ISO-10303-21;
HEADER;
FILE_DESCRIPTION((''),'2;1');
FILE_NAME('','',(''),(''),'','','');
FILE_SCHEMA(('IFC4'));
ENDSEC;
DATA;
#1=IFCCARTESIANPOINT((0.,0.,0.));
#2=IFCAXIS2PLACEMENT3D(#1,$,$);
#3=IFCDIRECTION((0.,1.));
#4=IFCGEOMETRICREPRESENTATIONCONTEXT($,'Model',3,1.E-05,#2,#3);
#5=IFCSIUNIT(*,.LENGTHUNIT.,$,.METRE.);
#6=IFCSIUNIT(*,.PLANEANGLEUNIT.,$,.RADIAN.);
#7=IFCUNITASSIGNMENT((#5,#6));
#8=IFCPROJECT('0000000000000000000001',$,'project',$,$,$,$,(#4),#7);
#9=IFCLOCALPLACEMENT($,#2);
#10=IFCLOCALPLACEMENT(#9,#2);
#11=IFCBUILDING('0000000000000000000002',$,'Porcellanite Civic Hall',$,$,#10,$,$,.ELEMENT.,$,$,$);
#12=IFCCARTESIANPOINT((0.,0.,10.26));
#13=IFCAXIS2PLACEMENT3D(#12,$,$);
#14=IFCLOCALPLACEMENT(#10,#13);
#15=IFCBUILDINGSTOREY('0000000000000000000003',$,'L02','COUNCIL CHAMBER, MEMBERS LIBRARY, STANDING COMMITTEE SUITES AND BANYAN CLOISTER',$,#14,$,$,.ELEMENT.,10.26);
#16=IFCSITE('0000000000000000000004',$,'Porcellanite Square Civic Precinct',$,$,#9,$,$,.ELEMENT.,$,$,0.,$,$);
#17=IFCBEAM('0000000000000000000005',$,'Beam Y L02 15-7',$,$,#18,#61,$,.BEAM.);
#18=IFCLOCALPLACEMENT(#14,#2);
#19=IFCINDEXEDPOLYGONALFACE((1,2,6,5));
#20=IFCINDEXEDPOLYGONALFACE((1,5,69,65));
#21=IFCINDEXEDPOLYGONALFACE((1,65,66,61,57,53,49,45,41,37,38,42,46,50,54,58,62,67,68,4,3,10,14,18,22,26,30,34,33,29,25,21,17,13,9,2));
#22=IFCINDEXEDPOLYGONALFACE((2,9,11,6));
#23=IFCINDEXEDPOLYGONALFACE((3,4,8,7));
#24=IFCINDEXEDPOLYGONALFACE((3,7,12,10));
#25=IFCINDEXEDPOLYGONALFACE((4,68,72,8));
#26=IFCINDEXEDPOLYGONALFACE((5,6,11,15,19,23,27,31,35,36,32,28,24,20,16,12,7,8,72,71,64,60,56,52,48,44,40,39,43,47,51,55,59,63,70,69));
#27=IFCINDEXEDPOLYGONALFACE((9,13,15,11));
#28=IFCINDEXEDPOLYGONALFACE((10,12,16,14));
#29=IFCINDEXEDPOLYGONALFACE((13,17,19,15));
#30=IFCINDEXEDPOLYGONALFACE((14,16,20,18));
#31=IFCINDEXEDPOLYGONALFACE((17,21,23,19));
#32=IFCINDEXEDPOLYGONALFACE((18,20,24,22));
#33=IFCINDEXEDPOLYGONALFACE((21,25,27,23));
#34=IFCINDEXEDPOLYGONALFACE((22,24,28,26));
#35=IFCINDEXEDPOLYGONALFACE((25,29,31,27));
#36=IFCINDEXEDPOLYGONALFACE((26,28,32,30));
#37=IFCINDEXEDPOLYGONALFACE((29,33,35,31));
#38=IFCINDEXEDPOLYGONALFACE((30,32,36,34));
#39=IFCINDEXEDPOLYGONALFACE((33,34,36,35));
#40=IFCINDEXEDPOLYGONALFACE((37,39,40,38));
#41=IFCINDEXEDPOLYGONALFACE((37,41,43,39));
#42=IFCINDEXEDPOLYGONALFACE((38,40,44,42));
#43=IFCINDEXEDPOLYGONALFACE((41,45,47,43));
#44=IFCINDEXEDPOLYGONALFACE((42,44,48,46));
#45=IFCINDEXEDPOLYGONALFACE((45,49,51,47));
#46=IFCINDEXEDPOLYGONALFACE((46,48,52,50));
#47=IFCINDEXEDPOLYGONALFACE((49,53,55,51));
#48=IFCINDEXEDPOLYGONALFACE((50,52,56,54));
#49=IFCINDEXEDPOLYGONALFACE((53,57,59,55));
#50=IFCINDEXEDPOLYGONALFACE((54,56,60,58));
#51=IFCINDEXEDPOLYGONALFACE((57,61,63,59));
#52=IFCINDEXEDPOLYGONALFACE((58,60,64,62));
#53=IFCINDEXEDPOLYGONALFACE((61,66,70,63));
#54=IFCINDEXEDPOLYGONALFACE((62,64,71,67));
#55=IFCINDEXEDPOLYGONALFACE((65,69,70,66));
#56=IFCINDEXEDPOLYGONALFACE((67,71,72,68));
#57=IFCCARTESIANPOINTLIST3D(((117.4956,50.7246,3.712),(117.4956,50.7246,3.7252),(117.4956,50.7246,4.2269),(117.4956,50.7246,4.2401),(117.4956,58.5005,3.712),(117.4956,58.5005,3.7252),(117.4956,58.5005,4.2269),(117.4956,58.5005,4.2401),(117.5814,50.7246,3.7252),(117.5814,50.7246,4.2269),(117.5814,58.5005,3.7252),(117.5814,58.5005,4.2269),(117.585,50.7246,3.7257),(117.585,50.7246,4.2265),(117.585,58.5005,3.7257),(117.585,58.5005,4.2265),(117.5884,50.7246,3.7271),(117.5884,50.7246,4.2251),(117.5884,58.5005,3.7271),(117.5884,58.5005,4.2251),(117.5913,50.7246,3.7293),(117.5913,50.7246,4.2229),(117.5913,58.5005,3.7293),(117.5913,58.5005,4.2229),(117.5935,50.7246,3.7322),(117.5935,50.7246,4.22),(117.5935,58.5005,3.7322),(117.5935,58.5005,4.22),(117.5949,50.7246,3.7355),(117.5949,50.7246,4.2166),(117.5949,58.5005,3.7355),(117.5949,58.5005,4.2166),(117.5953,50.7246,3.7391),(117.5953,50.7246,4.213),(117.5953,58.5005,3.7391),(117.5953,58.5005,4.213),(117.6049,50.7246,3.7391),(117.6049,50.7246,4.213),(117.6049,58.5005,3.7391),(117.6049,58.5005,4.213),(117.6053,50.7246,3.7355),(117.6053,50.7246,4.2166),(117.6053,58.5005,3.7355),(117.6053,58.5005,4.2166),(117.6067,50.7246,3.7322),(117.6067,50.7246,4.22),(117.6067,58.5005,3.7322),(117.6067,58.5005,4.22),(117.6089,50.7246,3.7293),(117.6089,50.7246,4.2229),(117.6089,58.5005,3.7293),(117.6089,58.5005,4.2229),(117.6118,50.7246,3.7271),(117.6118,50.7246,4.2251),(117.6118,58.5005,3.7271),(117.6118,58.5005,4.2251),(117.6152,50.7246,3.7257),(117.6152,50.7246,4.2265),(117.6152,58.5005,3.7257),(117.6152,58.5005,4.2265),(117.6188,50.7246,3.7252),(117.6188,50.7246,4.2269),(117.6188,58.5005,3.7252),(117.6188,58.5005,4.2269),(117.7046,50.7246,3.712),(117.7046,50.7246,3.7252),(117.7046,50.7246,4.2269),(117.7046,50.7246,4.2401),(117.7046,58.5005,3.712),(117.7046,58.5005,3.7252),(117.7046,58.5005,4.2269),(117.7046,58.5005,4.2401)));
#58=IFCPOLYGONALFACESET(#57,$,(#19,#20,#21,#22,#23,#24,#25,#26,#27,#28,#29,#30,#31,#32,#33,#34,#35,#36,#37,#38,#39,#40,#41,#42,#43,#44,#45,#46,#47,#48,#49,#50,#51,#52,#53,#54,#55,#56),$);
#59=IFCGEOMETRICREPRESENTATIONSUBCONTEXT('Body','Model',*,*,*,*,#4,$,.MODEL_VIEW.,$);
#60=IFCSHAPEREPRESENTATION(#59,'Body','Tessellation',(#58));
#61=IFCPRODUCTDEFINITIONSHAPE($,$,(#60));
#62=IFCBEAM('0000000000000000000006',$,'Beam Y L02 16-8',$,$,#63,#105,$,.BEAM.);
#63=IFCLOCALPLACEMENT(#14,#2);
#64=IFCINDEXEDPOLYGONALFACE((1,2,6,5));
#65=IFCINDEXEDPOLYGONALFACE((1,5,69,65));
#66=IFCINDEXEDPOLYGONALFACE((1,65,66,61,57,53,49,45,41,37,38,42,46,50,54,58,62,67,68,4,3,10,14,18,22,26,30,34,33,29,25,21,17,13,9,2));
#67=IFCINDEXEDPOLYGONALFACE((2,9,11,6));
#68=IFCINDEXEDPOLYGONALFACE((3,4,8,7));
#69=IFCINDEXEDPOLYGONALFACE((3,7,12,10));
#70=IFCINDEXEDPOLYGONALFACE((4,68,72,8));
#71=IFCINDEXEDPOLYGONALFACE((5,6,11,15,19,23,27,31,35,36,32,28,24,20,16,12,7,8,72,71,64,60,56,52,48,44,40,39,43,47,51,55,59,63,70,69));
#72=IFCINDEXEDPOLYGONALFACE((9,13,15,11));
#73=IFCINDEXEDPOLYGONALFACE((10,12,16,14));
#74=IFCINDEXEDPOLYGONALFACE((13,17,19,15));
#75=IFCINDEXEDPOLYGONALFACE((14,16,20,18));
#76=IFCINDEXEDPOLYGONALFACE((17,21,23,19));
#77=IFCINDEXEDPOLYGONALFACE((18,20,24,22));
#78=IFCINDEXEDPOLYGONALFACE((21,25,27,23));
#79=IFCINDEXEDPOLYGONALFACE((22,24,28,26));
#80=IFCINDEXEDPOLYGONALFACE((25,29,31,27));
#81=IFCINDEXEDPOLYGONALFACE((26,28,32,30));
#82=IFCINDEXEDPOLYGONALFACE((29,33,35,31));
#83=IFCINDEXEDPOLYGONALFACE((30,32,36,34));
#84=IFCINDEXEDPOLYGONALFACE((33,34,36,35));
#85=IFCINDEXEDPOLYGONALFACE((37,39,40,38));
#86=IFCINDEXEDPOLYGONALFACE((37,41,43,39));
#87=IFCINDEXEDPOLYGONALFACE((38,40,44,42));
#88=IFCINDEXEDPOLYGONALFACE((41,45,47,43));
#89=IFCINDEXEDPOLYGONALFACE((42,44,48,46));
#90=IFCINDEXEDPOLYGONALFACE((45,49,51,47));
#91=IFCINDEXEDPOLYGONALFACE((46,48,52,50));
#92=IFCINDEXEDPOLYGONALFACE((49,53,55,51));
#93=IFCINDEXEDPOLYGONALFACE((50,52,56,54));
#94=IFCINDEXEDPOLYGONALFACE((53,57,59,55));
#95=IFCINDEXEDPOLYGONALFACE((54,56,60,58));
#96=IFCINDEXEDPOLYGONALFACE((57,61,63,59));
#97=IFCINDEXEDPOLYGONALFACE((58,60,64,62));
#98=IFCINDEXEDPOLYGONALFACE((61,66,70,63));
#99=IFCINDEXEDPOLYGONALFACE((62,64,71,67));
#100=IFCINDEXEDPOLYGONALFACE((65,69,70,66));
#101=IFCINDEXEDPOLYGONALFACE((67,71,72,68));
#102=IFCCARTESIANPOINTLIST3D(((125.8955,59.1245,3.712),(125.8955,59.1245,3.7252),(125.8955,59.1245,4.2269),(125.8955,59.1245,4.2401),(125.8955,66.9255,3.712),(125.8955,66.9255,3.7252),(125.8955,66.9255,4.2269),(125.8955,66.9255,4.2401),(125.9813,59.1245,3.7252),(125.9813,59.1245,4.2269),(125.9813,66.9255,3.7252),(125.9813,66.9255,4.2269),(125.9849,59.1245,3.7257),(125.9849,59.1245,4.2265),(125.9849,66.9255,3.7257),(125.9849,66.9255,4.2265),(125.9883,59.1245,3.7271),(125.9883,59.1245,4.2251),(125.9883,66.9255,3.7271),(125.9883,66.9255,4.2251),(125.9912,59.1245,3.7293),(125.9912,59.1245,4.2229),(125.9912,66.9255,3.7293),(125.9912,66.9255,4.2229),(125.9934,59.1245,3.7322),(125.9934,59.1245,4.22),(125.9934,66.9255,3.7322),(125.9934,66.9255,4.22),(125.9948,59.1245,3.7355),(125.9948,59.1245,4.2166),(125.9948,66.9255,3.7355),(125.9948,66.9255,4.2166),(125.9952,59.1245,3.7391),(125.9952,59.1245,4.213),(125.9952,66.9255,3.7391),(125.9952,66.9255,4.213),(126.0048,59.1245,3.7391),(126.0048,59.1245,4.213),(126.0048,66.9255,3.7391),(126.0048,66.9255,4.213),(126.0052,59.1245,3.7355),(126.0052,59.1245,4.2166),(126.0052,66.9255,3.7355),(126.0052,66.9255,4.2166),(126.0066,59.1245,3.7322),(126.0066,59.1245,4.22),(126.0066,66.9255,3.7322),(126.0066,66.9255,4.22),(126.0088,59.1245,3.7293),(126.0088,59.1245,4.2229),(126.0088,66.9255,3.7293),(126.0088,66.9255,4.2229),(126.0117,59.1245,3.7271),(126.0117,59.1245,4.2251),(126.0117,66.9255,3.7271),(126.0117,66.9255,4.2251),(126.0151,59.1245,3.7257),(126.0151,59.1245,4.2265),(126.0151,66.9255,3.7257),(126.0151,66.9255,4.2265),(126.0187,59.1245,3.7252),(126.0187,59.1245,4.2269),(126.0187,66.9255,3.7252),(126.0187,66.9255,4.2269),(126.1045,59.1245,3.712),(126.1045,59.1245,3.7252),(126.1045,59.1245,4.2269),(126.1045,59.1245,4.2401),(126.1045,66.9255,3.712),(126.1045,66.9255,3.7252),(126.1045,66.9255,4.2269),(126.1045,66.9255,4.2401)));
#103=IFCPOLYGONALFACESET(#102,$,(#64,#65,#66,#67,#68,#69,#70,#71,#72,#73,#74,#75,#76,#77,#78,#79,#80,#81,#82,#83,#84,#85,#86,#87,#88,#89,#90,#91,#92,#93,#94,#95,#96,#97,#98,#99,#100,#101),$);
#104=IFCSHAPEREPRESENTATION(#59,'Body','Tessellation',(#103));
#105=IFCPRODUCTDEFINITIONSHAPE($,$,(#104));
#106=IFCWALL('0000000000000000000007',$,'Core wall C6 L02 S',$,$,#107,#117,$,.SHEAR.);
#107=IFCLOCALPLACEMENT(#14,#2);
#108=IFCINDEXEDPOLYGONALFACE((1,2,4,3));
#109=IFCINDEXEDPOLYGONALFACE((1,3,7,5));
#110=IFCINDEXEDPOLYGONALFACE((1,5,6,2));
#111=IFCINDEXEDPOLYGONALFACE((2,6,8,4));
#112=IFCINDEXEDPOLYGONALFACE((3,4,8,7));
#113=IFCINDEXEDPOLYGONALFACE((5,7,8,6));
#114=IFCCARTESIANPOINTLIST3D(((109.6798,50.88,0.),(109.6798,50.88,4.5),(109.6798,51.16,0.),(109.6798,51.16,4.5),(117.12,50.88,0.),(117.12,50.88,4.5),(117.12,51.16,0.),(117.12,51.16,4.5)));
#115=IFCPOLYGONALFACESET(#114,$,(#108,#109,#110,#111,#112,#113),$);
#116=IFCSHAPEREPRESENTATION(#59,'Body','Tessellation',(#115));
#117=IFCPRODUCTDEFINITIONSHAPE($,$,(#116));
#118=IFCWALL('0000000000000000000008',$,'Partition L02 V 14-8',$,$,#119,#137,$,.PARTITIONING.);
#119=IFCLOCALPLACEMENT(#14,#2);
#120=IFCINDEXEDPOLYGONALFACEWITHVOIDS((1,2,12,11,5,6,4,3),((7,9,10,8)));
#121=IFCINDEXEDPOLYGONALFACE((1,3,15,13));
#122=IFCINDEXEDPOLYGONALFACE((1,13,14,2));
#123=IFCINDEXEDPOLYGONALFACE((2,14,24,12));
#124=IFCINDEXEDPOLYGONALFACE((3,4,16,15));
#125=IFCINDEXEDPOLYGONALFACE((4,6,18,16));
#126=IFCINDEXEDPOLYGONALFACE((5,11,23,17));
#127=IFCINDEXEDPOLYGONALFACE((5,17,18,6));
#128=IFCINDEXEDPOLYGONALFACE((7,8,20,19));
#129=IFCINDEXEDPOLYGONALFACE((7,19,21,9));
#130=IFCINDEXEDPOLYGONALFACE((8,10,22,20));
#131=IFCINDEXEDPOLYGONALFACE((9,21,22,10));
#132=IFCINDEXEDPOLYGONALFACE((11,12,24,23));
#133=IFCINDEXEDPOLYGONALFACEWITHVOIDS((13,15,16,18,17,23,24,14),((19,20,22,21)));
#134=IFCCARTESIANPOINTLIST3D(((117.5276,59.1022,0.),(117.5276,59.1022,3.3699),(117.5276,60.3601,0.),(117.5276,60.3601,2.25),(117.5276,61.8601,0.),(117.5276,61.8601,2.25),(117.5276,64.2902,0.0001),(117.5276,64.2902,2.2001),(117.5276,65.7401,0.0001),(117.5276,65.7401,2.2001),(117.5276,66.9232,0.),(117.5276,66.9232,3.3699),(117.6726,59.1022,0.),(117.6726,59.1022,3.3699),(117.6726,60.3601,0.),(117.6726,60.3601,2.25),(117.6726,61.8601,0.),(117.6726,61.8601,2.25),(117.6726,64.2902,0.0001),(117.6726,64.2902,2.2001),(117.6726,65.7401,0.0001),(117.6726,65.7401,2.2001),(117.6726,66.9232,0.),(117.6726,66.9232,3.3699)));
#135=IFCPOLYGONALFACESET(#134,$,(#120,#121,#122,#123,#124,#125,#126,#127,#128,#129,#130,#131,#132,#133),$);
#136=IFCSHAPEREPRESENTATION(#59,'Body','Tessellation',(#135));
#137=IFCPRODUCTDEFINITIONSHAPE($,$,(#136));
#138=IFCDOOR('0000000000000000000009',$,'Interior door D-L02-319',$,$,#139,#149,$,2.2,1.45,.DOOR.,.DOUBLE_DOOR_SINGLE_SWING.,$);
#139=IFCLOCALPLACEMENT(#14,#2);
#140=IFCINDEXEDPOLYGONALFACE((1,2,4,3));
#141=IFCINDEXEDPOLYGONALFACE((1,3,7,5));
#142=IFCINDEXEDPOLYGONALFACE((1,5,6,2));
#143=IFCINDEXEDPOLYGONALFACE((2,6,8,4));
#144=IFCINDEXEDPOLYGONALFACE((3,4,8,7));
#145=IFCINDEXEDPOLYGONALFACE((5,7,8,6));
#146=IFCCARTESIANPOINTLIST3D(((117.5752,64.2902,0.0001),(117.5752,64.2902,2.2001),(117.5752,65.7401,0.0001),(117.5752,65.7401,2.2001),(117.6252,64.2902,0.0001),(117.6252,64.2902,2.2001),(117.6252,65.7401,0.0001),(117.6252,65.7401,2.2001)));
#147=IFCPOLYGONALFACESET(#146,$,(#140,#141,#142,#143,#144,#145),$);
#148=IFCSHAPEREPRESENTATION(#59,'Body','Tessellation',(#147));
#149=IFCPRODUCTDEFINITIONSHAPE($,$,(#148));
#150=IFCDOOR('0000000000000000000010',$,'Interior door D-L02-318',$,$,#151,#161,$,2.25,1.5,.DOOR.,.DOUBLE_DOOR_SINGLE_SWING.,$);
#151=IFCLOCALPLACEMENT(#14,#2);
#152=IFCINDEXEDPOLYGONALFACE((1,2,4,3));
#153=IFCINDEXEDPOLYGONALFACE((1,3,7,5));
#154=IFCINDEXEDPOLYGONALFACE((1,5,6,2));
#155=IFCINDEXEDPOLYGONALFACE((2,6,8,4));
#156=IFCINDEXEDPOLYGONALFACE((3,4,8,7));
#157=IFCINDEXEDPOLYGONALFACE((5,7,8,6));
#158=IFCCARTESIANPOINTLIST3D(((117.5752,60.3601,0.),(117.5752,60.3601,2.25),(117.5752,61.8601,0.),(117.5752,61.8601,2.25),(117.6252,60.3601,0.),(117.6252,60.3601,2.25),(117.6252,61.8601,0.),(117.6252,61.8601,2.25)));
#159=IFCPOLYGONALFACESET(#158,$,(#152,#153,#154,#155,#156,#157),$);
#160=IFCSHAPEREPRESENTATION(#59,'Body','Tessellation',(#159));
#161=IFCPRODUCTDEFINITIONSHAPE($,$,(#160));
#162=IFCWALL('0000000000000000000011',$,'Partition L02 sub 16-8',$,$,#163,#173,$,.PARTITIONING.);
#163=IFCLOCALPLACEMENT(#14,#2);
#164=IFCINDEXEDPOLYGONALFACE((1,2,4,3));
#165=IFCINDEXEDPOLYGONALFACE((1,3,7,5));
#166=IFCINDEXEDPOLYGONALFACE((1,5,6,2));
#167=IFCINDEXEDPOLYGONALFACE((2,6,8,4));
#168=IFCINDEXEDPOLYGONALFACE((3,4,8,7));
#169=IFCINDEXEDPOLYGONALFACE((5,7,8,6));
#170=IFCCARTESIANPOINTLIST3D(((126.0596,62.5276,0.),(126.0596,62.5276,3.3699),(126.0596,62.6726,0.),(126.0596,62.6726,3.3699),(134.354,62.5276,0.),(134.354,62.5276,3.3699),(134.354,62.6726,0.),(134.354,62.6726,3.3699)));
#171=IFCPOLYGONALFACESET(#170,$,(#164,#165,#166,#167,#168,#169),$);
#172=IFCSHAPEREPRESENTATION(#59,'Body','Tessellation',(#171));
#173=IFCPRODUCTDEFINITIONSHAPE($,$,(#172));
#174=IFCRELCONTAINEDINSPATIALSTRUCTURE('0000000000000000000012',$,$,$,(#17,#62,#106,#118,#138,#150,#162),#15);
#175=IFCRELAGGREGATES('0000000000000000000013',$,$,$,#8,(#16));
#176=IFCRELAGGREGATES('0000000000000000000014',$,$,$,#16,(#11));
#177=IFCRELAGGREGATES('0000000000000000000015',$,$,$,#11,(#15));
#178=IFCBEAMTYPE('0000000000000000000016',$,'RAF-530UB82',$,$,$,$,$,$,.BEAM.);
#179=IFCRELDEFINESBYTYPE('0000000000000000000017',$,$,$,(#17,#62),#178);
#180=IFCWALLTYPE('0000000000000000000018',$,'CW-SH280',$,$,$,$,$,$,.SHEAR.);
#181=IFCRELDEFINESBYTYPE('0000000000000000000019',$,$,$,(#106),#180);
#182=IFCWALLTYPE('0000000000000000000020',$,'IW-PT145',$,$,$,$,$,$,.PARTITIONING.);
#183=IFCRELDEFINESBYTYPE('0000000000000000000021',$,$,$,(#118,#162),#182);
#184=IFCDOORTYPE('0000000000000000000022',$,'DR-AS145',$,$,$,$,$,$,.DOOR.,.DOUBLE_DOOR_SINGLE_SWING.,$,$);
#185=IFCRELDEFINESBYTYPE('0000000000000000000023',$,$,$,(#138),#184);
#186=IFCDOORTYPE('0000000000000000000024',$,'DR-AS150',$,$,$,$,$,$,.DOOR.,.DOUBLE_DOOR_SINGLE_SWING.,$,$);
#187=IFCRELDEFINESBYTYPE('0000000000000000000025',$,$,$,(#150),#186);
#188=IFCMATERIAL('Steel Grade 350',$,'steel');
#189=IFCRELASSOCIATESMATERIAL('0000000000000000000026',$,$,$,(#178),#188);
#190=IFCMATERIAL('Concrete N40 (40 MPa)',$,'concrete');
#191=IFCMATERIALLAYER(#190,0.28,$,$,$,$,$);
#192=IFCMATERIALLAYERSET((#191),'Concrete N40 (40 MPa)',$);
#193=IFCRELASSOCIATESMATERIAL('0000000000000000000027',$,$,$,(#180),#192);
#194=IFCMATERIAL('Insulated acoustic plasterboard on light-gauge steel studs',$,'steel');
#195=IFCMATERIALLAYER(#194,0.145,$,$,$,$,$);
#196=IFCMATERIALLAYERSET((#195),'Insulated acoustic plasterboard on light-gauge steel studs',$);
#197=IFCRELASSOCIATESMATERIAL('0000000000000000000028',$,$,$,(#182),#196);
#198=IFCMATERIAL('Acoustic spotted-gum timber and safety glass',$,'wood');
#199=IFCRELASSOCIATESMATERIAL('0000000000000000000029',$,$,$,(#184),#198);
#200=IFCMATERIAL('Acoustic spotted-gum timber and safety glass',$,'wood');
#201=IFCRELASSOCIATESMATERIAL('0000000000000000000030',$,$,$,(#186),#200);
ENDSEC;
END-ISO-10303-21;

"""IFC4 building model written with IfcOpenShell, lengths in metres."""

from ifc_helpers import new_model, si_unit, direction, frame, frame_2d, origin, origin_2d, place, context, subcontext, project, spatial, rectangle, i_section, extrude, material, layer, layer_set, material_profile, profile_set, type_object, element, fill, save


model = new_model("IFC4")

# Units and contexts
model_context = context("Model", 3, precision=1e-05, world=origin(), true_north=direction((0.0, 1.0)))
body_context = subcontext(model_context, "Body", "Model", "MODEL_VIEW")
ifc_project = project(units=[si_unit("LENGTHUNIT", "METRE"), si_unit("PLANEANGLEUNIT", "RADIAN")], contexts=[model_context])

# Site, building, storey
site_placement = place(None, origin())
site = spatial("IfcSite", under=ifc_project, at=site_placement, Name="Porcellanite Square Civic Precinct", CompositionType="ELEMENT", RefElevation=0.0)
building_placement = place(site_placement, origin())
building = spatial("IfcBuilding", under=site, at=building_placement, Name="Porcellanite Civic Hall", CompositionType="ELEMENT")
storey_placement = place(building_placement, frame((0.0, 0.0, 10.26)))
storey = spatial("IfcBuildingStorey", under=building, at=storey_placement, Name="L02", Description="COUNCIL CHAMBER, MEMBERS LIBRARY, STANDING COMMITTEE SUITES AND BANYAN CLOISTER", CompositionType="ELEMENT", Elevation=10.26)

# Beams
ifc_material_1 = material(Name="Steel Grade 350", Category="steel")
ifc_material_profile_1 = material_profile(ifc_material_1, i_section(OverallWidth=0.209, OverallDepth=0.5281, WebThickness=0.0095, FlangeThickness=0.0132, FilletRadius=0.0139, at=origin_2d()), Name="530UB82.0")
ifc_profile_set_1 = profile_set([ifc_material_profile_1], Name="Steel Grade 350")
beam_type_1 = type_object("IfcBeamType", Name="RAF-530UB82", PredefinedType="BEAM", material=ifc_profile_set_1)
beam_1_placement = place(storey_placement, frame((117.6001, 50.7246, 3.9761), z_axis=(0.0, 1.0, 0.0), x_axis=(-1.0, 0.0, 0.0)))
element("IfcBeam", 1, at=beam_1_placement, inside=storey, type_object=beam_type_1, Name="Beam Y L02 15-7", PredefinedType="BEAM", context=body_context, shape_type="SweptSolid", body=[
    extrude(i_section(OverallWidth=0.209, OverallDepth=0.5281, WebThickness=0.0095, FlangeThickness=0.0132, FilletRadius=0.0139, at=origin_2d()), origin(), (0.0, 0.0, 1.0), 7.7759),
])
beam_2_placement = place(storey_placement, frame((126.0, 59.1245, 3.9761), z_axis=(0.0, 1.0, 0.0), x_axis=(-1.0, 0.0, 0.0)))
element("IfcBeam", 2, at=beam_2_placement, inside=storey, type_object=beam_type_1, Name="Beam Y L02 16-8", PredefinedType="BEAM", context=body_context, shape_type="SweptSolid", body=[
    extrude(i_section(OverallWidth=0.209, OverallDepth=0.5281, WebThickness=0.0095, FlangeThickness=0.0132, FilletRadius=0.0139, at=origin_2d()), origin(), (0.0, 0.0, 1.0), 7.801),
])

# Wall
ifc_material_2 = material(Name="Concrete N40 (40 MPa)", Category="concrete")
ifc_layer_1 = layer(ifc_material_2, 0.28)
ifc_layer_set_1 = layer_set([ifc_layer_1], Name="Concrete N40 (40 MPa)")
wall_type_1 = type_object("IfcWallType", Name="CW-SH280", PredefinedType="SHEAR", material=ifc_layer_set_1)
wall_1_placement = place(storey_placement, frame((117.1201, 51.02, 0.0), z_axis=(0.0, 0.0, 1.0), x_axis=(-1.0, 0.0, 0.0)))
element("IfcWall", 3, at=wall_1_placement, inside=storey, type_object=wall_type_1, Name="Core wall C6 L02 S", PredefinedType="SHEAR", context=body_context, shape_type="SweptSolid", body=[
    extrude(rectangle(XDim=7.4402, YDim=0.28, at=frame_2d((3.7202, 0.0))), origin(), (0.0, 0.0, 1.0), 4.5),
])

# Wall, openings, doors
ifc_material_3 = material(Name="Insulated acoustic plasterboard on light-gauge steel studs", Category="steel")
ifc_layer_2 = layer(ifc_material_3, 0.145)
ifc_layer_set_2 = layer_set([ifc_layer_2], Name="Insulated acoustic plasterboard on light-gauge steel studs")
wall_type_2 = type_object("IfcWallType", Name="IW-PT145", PredefinedType="PARTITIONING", material=ifc_layer_set_2)
wall_2_placement = place(storey_placement, frame((117.6001, 59.1021, 0.0), z_axis=(0.0, 0.0, 1.0), x_axis=(0.0, 1.0, 0.0)))
wall_2 = element("IfcWall", 4, at=wall_2_placement, inside=storey, type_object=wall_type_2, Name="Partition L02 V 14-8", PredefinedType="PARTITIONING", context=body_context, shape_type="SweptSolid", body=[
    extrude(rectangle(XDim=7.821, YDim=0.145, at=frame_2d((3.9106, 0.0))), origin(), (0.0, 0.0, 1.0), 3.3699),
])
opening_1_placement = place(wall_2_placement, frame((1.2581, 0.0, 0.0)))
opening_1 = element("IfcOpeningElement", 5, at=opening_1_placement, cuts=wall_2, PredefinedType="OPENING", context=body_context, shape_type="SweptSolid", body=[
    extrude(rectangle(XDim=1.5, YDim=2.25, at=frame_2d((0.75, 1.125))), frame((0.0, 0.0725, 0.0), z_axis=(0.0, -1.0, 0.0), x_axis=(1.0, 0.0, 0.0)), (0.0, 0.0, 1.0), 0.145),
])
opening_2_placement = place(wall_2_placement, frame((5.188, 0.0, 0.0)))
opening_2 = element("IfcOpeningElement", 6, at=opening_2_placement, cuts=wall_2, PredefinedType="OPENING", context=body_context, shape_type="SweptSolid", body=[
    extrude(rectangle(XDim=1.45, YDim=2.2, at=frame_2d((0.7251, 1.1001))), frame((0.0, 0.0725, 0.0), z_axis=(0.0, -1.0, 0.0), x_axis=(1.0, 0.0, 0.0)), (0.0, 0.0, 1.0), 0.145),
])
ifc_material_4 = material(Name="Acoustic spotted-gum timber and safety glass", Category="wood")
door_type_1 = type_object("IfcDoorType", Name="DR-AS145", OperationType="DOUBLE_DOOR_SINGLE_SWING", PredefinedType="DOOR", material=ifc_material_4)
door_1_placement = place(opening_2_placement, origin())
door_1 = element("IfcDoor", 7, at=door_1_placement, inside=storey, type_object=door_type_1, Name="Interior door D-L02-319", OperationType="DOUBLE_DOOR_SINGLE_SWING", OverallHeight=2.2, OverallWidth=1.45, PredefinedType="DOOR", context=body_context, shape_type="SweptSolid", body=[
    extrude(rectangle(XDim=1.45, YDim=2.2, at=frame_2d((0.7251, 1.1001))), frame((0.0, 0.0249, 0.0), z_axis=(0.0, -1.0, 0.0), x_axis=(1.0, 0.0, 0.0)), (0.0, 0.0, 1.0), 0.05),
])
fill(opening_2, door_1)
ifc_material_5 = material(Name="Acoustic spotted-gum timber and safety glass", Category="wood")
door_type_2 = type_object("IfcDoorType", Name="DR-AS150", OperationType="DOUBLE_DOOR_SINGLE_SWING", PredefinedType="DOOR", material=ifc_material_5)
door_2_placement = place(opening_1_placement, origin())
door_2 = element("IfcDoor", 8, at=door_2_placement, inside=storey, type_object=door_type_2, Name="Interior door D-L02-318", OperationType="DOUBLE_DOOR_SINGLE_SWING", OverallHeight=2.25, OverallWidth=1.5, PredefinedType="DOOR", context=body_context, shape_type="SweptSolid", body=[
    extrude(rectangle(XDim=1.5, YDim=2.25, at=frame_2d((0.75, 1.125))), frame((0.0, 0.0249, 0.0), z_axis=(0.0, -1.0, 0.0), x_axis=(1.0, 0.0, 0.0)), (0.0, 0.0, 1.0), 0.05),
])
fill(opening_1, door_2)

# Wall
wall_3_placement = place(storey_placement, frame((126.0596, 62.6001, 0.0), z_axis=(0.0, 0.0, 1.0), x_axis=(1.0, 0.0, 0.0)))
element("IfcWall", 9, at=wall_3_placement, inside=storey, type_object=wall_type_2, Name="Partition L02 sub 16-8", PredefinedType="PARTITIONING", context=body_context, shape_type="SweptSolid", body=[
    extrude(rectangle(XDim=8.2944, YDim=0.145, at=frame_2d((4.1472, 0.0))), origin(), (0.0, 0.0, 1.0), 3.3699),
])

save(model, "model.ifc")
